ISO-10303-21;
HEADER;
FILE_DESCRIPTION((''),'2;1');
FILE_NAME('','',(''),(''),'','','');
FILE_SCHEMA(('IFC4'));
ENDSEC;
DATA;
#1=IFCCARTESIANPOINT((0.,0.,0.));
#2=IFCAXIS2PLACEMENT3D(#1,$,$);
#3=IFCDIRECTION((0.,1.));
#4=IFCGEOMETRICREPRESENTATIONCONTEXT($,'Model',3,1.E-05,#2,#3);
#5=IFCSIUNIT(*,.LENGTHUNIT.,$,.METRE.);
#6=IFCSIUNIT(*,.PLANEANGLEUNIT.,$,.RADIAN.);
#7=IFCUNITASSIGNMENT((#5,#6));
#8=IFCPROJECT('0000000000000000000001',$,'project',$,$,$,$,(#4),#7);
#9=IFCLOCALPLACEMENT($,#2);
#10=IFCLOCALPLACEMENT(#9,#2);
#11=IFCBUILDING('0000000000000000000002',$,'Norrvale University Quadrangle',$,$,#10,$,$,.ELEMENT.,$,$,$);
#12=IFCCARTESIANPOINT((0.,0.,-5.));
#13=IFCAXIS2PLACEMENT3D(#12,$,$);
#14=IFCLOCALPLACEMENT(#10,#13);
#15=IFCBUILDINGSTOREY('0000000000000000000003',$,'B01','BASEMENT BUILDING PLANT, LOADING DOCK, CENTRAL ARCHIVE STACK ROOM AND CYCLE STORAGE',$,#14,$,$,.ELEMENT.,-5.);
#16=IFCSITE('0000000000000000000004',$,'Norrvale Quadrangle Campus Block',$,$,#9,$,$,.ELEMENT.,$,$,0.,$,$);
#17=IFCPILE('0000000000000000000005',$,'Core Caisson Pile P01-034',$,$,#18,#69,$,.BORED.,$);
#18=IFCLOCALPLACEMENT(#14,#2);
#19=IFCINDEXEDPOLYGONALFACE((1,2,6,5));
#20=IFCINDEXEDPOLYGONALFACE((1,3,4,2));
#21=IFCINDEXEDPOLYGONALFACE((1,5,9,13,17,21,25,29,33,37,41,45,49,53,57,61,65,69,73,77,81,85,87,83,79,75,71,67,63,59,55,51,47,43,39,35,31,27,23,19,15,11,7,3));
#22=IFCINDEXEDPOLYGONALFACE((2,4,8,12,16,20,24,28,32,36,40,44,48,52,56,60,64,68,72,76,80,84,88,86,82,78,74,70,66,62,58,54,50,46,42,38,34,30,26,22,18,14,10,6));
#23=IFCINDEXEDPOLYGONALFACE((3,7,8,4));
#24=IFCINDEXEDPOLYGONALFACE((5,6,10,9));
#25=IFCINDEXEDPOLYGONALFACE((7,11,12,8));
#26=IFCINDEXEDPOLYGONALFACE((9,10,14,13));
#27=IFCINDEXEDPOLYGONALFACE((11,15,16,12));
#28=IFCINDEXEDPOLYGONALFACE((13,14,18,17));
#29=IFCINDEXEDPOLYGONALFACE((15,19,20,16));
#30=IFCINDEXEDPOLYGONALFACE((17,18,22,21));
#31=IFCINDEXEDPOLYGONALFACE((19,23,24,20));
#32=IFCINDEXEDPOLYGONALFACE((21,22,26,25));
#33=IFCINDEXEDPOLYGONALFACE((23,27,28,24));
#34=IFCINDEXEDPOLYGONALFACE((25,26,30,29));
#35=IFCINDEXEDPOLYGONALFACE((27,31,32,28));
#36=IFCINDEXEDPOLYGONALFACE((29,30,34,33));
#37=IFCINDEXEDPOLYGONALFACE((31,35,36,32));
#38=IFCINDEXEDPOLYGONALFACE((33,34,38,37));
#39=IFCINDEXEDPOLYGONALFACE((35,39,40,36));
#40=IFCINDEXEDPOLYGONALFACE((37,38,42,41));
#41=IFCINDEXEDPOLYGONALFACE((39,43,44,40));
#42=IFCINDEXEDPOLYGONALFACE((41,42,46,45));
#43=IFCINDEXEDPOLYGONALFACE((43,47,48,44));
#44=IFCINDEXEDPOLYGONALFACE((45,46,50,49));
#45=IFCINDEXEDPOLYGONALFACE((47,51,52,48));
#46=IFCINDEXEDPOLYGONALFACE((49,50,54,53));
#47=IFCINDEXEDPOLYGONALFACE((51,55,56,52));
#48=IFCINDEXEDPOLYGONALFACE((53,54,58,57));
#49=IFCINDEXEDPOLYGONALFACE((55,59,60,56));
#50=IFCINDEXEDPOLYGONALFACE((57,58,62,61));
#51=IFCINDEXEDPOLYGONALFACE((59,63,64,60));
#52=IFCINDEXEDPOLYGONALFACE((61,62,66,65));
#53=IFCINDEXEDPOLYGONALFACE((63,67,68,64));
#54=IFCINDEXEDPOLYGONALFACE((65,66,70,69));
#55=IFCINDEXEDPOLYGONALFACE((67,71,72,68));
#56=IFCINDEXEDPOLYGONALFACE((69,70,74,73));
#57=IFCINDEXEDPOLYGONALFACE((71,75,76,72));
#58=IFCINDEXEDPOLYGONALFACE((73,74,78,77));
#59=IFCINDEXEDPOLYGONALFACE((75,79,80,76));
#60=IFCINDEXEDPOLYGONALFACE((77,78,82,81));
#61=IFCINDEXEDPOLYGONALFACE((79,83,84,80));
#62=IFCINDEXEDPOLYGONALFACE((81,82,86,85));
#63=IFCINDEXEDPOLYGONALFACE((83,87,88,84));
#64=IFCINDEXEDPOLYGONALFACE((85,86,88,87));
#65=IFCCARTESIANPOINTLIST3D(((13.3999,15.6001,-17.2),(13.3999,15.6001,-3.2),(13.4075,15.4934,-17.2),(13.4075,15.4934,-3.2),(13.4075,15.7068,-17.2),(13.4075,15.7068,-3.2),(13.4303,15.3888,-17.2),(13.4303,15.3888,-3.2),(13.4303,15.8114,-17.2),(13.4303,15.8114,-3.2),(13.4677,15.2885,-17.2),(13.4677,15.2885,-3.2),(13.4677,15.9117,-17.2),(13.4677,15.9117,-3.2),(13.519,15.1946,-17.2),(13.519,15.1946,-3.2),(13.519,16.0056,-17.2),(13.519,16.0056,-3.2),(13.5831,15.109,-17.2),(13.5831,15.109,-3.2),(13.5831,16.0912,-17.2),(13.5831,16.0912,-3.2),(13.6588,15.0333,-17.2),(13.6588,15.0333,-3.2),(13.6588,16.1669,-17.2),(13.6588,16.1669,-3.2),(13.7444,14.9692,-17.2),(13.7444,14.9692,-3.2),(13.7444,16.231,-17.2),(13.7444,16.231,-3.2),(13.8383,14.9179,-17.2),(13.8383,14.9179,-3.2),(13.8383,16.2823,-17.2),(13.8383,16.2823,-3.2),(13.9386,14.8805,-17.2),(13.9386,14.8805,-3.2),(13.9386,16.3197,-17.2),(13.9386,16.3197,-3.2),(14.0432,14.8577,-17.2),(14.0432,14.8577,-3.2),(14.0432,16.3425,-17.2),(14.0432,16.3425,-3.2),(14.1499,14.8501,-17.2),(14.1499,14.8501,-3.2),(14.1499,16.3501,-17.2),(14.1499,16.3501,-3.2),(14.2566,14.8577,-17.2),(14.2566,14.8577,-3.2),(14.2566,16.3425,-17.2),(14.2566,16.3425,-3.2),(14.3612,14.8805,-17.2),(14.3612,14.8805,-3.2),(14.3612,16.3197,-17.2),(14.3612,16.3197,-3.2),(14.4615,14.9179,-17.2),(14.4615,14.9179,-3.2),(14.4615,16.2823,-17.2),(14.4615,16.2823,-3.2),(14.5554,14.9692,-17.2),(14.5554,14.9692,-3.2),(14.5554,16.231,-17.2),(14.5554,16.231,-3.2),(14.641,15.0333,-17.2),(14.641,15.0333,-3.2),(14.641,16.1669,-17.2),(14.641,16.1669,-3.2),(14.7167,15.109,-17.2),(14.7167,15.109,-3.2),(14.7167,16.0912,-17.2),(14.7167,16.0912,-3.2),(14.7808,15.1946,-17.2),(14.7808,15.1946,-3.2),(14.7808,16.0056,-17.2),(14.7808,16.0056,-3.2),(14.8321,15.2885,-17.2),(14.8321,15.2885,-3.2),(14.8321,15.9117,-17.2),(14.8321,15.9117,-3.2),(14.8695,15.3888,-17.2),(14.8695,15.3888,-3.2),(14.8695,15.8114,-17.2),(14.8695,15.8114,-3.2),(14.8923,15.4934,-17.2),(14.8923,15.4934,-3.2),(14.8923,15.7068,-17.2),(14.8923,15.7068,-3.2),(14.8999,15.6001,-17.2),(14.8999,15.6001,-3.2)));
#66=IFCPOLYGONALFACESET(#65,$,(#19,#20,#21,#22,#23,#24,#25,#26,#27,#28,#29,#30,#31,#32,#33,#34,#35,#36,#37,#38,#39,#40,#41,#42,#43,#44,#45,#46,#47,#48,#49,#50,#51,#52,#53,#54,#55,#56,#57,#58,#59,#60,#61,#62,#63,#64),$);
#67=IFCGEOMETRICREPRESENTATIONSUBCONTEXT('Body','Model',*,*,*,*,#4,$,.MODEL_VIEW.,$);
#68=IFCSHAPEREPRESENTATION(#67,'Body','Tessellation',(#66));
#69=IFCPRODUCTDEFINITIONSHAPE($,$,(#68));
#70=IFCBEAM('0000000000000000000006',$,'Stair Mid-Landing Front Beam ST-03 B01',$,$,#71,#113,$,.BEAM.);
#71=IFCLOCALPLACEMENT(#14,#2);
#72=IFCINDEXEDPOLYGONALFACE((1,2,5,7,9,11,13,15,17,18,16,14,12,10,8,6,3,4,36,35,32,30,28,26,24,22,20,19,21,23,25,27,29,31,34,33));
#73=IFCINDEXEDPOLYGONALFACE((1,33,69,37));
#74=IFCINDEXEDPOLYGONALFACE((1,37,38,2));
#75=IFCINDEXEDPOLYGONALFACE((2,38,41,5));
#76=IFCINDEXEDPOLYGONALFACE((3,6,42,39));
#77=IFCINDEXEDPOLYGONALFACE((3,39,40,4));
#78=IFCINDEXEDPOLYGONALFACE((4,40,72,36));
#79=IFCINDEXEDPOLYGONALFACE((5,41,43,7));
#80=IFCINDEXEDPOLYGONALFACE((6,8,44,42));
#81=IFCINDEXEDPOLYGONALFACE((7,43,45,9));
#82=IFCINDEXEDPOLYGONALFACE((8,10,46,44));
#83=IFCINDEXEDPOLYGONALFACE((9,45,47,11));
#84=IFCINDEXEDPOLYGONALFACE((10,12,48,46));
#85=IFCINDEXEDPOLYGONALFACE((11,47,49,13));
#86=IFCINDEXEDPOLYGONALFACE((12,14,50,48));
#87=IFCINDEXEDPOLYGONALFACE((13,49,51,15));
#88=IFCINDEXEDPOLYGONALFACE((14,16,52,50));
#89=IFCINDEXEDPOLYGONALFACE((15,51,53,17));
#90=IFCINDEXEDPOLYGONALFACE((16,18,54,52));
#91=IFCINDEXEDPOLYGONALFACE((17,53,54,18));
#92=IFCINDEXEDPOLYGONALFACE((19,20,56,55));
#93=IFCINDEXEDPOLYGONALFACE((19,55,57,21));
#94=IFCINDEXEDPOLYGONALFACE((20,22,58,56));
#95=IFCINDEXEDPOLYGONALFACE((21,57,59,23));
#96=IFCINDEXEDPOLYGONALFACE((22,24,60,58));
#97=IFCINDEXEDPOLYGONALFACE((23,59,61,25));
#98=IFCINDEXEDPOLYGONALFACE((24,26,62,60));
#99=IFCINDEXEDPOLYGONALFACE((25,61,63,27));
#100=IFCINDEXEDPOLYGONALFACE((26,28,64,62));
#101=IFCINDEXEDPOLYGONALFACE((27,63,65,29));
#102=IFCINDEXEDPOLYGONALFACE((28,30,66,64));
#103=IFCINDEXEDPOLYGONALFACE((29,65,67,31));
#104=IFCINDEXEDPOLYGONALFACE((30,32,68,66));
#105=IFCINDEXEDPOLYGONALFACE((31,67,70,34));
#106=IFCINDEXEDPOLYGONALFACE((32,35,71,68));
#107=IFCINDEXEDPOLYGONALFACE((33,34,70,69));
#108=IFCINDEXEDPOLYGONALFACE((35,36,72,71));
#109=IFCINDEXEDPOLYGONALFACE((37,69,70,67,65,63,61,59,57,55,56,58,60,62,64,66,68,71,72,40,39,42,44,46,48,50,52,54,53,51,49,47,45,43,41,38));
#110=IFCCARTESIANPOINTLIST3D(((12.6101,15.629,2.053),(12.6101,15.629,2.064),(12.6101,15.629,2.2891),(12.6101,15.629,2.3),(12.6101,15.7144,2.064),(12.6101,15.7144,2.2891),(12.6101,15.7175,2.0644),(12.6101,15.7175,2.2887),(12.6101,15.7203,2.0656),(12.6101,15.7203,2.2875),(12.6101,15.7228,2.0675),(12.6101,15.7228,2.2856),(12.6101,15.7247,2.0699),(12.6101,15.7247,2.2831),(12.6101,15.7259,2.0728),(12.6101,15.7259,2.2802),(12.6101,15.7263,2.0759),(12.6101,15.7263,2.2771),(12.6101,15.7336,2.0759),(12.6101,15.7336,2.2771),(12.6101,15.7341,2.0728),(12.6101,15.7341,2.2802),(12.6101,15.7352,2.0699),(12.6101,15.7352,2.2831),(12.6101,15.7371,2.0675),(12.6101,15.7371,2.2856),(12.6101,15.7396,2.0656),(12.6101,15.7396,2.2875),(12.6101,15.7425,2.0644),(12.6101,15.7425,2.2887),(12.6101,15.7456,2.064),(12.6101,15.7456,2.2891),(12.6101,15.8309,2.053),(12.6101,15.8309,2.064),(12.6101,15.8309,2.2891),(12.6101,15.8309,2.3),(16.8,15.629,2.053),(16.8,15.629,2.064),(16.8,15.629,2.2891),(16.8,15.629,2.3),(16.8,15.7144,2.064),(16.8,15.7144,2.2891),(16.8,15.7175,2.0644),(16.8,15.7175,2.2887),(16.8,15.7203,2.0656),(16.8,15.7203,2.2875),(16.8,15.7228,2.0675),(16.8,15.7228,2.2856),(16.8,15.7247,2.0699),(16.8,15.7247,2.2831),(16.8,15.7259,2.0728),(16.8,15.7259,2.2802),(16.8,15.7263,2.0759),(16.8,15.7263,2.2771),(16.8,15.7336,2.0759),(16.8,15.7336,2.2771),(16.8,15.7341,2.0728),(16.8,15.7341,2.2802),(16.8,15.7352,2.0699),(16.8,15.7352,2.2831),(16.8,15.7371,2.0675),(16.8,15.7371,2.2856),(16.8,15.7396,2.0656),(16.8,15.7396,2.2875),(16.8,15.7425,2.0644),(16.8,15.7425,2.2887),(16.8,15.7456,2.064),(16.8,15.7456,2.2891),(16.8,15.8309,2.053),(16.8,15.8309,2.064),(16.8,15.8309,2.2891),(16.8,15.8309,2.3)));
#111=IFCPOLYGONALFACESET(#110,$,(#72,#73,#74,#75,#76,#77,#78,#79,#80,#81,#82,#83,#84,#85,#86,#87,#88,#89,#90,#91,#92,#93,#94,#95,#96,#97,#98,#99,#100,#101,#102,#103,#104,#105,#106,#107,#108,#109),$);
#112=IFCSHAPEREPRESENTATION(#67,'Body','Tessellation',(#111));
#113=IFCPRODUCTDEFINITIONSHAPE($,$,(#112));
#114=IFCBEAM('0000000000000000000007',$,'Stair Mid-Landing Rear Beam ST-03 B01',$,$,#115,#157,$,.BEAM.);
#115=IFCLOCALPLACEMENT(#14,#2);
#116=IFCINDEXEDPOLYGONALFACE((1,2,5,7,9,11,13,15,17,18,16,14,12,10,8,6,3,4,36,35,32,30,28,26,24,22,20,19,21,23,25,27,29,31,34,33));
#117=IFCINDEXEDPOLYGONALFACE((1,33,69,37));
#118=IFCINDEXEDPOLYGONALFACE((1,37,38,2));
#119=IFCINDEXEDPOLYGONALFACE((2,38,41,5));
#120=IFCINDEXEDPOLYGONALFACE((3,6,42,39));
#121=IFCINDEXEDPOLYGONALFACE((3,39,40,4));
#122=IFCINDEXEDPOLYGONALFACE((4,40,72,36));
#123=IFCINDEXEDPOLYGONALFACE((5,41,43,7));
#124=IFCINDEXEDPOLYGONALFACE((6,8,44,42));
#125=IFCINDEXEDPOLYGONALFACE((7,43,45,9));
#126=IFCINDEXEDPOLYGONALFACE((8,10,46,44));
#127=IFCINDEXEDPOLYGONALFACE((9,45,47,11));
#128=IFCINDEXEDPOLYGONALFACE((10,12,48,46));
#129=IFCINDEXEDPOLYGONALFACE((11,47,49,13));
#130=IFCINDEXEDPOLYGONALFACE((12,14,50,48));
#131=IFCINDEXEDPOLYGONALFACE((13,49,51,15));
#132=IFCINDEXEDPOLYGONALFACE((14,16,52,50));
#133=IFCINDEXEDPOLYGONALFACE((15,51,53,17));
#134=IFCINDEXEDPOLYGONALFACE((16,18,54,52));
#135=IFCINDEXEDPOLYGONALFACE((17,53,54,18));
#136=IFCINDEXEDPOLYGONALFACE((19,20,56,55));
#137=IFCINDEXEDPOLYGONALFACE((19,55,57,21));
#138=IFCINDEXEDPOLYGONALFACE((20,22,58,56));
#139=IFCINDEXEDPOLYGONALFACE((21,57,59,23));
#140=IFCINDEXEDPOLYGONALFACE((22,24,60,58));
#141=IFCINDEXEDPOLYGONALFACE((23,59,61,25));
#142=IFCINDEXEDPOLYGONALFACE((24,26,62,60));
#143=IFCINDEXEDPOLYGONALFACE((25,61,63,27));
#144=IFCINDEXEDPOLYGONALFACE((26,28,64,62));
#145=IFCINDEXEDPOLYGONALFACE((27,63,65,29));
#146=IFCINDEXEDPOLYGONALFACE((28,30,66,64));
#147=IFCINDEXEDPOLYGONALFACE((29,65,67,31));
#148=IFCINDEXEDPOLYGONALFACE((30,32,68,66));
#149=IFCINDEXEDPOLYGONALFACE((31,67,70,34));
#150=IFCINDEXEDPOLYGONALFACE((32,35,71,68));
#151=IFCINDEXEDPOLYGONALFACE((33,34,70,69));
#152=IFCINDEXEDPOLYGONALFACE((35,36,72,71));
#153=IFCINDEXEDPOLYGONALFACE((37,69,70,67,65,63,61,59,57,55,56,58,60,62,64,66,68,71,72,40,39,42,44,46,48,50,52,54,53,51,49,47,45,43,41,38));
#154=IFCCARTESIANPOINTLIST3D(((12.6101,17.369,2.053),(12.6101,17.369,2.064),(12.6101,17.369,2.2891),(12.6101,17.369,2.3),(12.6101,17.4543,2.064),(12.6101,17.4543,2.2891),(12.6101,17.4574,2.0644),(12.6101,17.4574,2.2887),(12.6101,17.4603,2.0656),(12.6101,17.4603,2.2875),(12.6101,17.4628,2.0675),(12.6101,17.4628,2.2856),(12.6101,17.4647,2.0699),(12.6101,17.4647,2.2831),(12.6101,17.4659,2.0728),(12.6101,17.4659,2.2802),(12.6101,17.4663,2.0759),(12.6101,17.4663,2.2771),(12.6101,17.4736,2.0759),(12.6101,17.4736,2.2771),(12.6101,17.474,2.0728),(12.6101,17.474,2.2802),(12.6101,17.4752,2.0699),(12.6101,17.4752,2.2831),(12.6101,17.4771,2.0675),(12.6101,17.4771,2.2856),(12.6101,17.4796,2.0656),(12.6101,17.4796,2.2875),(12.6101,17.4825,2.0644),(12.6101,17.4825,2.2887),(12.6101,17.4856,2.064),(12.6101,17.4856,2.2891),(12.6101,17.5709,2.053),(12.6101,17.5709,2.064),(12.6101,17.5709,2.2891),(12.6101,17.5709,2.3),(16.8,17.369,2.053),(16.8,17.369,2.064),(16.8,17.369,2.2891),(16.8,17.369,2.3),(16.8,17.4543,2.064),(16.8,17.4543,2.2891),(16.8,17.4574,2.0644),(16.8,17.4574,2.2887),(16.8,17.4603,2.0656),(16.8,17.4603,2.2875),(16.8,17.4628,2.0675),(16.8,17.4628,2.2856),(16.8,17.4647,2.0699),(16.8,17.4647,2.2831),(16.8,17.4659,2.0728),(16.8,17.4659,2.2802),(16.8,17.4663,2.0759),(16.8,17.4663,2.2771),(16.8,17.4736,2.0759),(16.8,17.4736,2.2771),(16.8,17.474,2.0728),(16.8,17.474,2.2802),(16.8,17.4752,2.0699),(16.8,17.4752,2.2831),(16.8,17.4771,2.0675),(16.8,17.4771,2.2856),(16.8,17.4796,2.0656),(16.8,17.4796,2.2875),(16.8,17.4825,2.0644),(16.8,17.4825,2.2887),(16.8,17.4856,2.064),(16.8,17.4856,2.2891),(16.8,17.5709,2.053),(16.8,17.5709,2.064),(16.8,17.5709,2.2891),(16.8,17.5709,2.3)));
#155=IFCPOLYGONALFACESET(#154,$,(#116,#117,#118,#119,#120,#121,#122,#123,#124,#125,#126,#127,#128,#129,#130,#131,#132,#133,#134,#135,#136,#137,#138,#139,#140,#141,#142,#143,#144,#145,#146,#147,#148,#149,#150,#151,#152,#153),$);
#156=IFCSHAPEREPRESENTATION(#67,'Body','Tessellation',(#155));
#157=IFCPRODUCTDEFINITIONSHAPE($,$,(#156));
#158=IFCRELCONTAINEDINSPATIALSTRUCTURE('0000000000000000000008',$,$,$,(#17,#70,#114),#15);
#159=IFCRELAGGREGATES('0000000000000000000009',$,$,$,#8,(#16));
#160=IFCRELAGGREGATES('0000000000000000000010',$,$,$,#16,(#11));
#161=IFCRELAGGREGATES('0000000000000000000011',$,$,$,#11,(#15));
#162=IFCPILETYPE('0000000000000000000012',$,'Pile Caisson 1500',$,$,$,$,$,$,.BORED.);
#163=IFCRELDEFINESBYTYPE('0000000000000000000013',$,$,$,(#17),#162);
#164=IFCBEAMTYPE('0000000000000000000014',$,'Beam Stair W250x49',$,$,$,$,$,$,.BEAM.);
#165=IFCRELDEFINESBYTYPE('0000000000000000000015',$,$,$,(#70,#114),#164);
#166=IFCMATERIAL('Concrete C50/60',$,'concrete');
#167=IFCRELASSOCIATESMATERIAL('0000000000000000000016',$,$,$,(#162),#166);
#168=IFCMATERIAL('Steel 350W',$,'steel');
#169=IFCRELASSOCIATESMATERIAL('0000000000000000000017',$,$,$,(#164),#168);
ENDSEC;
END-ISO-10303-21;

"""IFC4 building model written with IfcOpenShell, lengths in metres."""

from ifc_helpers import new_model, si_unit, direction, frame, origin, origin_2d, place, context, subcontext, project, spatial, circle, i_section, extrude, material, material_profile, profile_set, type_object, element, save


model = new_model("IFC4")

# Units and contexts
model_context = context("Model", 3, precision=1e-05, world=origin(), true_north=direction((0.0, 1.0)))
body_context = subcontext(model_context, "Body", "Model", "MODEL_VIEW")
ifc_project = project(units=[si_unit("LENGTHUNIT", "METRE"), si_unit("PLANEANGLEUNIT", "RADIAN")], contexts=[model_context])

# Site, building, storey
site_placement = place(None, origin())
site = spatial("IfcSite", under=ifc_project, at=site_placement, Name="Norrvale Quadrangle Campus Block", CompositionType="ELEMENT", RefElevation=0.0)
building_placement = place(site_placement, origin())
building = spatial("IfcBuilding", under=site, at=building_placement, Name="Norrvale University Quadrangle", CompositionType="ELEMENT")
storey_placement = place(building_placement, frame((0.0, 0.0, -5.0)))
storey = spatial("IfcBuildingStorey", under=building, at=storey_placement, Name="B01", Description="BASEMENT BUILDING PLANT, LOADING DOCK, CENTRAL ARCHIVE STACK ROOM AND CYCLE STORAGE", CompositionType="ELEMENT", Elevation=-5.0)

# Pile
ifc_material_1 = material(Name="Concrete C50/60", Category="concrete")
ifc_material_profile_1 = material_profile(ifc_material_1, circle(Radius=0.75, at=origin_2d()), Name="Concrete C50/60")
ifc_profile_set_1 = profile_set([ifc_material_profile_1], Name="Concrete C50/60")
pile_type_1 = type_object("IfcPileType", Name="Pile Caisson 1500", PredefinedType="BORED", material=ifc_profile_set_1)
for number, where, z_axis, x_axis, name in (
    (1, (14.1499, 15.6001, -3.2), (0.0, 0.0, -1.0), (1.0, 0.0, 0.0), "Core Caisson Pile P01-034"),
):
    element("IfcPile", number, at=place(storey_placement, frame(where, z_axis=z_axis, x_axis=x_axis)), inside=storey, type_object=pile_type_1, Name=name, PredefinedType="BORED", context=body_context, shape_type="SweptSolid", body=[
        extrude(circle(Radius=0.75, at=origin_2d()), origin(), (0.0, 0.0, 1.0), 14.0),
    ])

# Beams
ifc_material_2 = material(Name="Steel 350W", Category="steel")
ifc_material_profile_2 = material_profile(ifc_material_2, i_section(OverallWidth=0.2019, OverallDepth=0.2471, WebThickness=0.0073, FlangeThickness=0.011, FilletRadius=0.012, at=origin_2d()), Name="Steel 350W")
ifc_profile_set_2 = profile_set([ifc_material_profile_2], Name="Steel 350W")
beam_type_1 = type_object("IfcBeamType", Name="Beam Stair W250x49", PredefinedType="BEAM", material=ifc_profile_set_2)
for number, where, z_axis, x_axis, name in (
    (2, (12.6101, 15.73, 2.1765), (1.0, 0.0, 0.0), (0.0, 1.0, 0.0), "Stair Mid-Landing Front Beam ST-03 B01"),
    (3, (12.6101, 17.47, 2.1765), (1.0, 0.0, 0.0), (0.0, 1.0, 0.0), "Stair Mid-Landing Rear Beam ST-03 B01"),
):
    element("IfcBeam", number, at=place(storey_placement, frame(where, z_axis=z_axis, x_axis=x_axis)), inside=storey, type_object=beam_type_1, Name=name, PredefinedType="BEAM", context=body_context, shape_type="SweptSolid", body=[
        extrude(i_section(OverallWidth=0.2019, OverallDepth=0.2471, WebThickness=0.0073, FlangeThickness=0.011, FilletRadius=0.012, at=origin_2d()), origin(), (0.0, 0.0, 1.0), 4.1899),
    ])

save(model, "model.ifc")
